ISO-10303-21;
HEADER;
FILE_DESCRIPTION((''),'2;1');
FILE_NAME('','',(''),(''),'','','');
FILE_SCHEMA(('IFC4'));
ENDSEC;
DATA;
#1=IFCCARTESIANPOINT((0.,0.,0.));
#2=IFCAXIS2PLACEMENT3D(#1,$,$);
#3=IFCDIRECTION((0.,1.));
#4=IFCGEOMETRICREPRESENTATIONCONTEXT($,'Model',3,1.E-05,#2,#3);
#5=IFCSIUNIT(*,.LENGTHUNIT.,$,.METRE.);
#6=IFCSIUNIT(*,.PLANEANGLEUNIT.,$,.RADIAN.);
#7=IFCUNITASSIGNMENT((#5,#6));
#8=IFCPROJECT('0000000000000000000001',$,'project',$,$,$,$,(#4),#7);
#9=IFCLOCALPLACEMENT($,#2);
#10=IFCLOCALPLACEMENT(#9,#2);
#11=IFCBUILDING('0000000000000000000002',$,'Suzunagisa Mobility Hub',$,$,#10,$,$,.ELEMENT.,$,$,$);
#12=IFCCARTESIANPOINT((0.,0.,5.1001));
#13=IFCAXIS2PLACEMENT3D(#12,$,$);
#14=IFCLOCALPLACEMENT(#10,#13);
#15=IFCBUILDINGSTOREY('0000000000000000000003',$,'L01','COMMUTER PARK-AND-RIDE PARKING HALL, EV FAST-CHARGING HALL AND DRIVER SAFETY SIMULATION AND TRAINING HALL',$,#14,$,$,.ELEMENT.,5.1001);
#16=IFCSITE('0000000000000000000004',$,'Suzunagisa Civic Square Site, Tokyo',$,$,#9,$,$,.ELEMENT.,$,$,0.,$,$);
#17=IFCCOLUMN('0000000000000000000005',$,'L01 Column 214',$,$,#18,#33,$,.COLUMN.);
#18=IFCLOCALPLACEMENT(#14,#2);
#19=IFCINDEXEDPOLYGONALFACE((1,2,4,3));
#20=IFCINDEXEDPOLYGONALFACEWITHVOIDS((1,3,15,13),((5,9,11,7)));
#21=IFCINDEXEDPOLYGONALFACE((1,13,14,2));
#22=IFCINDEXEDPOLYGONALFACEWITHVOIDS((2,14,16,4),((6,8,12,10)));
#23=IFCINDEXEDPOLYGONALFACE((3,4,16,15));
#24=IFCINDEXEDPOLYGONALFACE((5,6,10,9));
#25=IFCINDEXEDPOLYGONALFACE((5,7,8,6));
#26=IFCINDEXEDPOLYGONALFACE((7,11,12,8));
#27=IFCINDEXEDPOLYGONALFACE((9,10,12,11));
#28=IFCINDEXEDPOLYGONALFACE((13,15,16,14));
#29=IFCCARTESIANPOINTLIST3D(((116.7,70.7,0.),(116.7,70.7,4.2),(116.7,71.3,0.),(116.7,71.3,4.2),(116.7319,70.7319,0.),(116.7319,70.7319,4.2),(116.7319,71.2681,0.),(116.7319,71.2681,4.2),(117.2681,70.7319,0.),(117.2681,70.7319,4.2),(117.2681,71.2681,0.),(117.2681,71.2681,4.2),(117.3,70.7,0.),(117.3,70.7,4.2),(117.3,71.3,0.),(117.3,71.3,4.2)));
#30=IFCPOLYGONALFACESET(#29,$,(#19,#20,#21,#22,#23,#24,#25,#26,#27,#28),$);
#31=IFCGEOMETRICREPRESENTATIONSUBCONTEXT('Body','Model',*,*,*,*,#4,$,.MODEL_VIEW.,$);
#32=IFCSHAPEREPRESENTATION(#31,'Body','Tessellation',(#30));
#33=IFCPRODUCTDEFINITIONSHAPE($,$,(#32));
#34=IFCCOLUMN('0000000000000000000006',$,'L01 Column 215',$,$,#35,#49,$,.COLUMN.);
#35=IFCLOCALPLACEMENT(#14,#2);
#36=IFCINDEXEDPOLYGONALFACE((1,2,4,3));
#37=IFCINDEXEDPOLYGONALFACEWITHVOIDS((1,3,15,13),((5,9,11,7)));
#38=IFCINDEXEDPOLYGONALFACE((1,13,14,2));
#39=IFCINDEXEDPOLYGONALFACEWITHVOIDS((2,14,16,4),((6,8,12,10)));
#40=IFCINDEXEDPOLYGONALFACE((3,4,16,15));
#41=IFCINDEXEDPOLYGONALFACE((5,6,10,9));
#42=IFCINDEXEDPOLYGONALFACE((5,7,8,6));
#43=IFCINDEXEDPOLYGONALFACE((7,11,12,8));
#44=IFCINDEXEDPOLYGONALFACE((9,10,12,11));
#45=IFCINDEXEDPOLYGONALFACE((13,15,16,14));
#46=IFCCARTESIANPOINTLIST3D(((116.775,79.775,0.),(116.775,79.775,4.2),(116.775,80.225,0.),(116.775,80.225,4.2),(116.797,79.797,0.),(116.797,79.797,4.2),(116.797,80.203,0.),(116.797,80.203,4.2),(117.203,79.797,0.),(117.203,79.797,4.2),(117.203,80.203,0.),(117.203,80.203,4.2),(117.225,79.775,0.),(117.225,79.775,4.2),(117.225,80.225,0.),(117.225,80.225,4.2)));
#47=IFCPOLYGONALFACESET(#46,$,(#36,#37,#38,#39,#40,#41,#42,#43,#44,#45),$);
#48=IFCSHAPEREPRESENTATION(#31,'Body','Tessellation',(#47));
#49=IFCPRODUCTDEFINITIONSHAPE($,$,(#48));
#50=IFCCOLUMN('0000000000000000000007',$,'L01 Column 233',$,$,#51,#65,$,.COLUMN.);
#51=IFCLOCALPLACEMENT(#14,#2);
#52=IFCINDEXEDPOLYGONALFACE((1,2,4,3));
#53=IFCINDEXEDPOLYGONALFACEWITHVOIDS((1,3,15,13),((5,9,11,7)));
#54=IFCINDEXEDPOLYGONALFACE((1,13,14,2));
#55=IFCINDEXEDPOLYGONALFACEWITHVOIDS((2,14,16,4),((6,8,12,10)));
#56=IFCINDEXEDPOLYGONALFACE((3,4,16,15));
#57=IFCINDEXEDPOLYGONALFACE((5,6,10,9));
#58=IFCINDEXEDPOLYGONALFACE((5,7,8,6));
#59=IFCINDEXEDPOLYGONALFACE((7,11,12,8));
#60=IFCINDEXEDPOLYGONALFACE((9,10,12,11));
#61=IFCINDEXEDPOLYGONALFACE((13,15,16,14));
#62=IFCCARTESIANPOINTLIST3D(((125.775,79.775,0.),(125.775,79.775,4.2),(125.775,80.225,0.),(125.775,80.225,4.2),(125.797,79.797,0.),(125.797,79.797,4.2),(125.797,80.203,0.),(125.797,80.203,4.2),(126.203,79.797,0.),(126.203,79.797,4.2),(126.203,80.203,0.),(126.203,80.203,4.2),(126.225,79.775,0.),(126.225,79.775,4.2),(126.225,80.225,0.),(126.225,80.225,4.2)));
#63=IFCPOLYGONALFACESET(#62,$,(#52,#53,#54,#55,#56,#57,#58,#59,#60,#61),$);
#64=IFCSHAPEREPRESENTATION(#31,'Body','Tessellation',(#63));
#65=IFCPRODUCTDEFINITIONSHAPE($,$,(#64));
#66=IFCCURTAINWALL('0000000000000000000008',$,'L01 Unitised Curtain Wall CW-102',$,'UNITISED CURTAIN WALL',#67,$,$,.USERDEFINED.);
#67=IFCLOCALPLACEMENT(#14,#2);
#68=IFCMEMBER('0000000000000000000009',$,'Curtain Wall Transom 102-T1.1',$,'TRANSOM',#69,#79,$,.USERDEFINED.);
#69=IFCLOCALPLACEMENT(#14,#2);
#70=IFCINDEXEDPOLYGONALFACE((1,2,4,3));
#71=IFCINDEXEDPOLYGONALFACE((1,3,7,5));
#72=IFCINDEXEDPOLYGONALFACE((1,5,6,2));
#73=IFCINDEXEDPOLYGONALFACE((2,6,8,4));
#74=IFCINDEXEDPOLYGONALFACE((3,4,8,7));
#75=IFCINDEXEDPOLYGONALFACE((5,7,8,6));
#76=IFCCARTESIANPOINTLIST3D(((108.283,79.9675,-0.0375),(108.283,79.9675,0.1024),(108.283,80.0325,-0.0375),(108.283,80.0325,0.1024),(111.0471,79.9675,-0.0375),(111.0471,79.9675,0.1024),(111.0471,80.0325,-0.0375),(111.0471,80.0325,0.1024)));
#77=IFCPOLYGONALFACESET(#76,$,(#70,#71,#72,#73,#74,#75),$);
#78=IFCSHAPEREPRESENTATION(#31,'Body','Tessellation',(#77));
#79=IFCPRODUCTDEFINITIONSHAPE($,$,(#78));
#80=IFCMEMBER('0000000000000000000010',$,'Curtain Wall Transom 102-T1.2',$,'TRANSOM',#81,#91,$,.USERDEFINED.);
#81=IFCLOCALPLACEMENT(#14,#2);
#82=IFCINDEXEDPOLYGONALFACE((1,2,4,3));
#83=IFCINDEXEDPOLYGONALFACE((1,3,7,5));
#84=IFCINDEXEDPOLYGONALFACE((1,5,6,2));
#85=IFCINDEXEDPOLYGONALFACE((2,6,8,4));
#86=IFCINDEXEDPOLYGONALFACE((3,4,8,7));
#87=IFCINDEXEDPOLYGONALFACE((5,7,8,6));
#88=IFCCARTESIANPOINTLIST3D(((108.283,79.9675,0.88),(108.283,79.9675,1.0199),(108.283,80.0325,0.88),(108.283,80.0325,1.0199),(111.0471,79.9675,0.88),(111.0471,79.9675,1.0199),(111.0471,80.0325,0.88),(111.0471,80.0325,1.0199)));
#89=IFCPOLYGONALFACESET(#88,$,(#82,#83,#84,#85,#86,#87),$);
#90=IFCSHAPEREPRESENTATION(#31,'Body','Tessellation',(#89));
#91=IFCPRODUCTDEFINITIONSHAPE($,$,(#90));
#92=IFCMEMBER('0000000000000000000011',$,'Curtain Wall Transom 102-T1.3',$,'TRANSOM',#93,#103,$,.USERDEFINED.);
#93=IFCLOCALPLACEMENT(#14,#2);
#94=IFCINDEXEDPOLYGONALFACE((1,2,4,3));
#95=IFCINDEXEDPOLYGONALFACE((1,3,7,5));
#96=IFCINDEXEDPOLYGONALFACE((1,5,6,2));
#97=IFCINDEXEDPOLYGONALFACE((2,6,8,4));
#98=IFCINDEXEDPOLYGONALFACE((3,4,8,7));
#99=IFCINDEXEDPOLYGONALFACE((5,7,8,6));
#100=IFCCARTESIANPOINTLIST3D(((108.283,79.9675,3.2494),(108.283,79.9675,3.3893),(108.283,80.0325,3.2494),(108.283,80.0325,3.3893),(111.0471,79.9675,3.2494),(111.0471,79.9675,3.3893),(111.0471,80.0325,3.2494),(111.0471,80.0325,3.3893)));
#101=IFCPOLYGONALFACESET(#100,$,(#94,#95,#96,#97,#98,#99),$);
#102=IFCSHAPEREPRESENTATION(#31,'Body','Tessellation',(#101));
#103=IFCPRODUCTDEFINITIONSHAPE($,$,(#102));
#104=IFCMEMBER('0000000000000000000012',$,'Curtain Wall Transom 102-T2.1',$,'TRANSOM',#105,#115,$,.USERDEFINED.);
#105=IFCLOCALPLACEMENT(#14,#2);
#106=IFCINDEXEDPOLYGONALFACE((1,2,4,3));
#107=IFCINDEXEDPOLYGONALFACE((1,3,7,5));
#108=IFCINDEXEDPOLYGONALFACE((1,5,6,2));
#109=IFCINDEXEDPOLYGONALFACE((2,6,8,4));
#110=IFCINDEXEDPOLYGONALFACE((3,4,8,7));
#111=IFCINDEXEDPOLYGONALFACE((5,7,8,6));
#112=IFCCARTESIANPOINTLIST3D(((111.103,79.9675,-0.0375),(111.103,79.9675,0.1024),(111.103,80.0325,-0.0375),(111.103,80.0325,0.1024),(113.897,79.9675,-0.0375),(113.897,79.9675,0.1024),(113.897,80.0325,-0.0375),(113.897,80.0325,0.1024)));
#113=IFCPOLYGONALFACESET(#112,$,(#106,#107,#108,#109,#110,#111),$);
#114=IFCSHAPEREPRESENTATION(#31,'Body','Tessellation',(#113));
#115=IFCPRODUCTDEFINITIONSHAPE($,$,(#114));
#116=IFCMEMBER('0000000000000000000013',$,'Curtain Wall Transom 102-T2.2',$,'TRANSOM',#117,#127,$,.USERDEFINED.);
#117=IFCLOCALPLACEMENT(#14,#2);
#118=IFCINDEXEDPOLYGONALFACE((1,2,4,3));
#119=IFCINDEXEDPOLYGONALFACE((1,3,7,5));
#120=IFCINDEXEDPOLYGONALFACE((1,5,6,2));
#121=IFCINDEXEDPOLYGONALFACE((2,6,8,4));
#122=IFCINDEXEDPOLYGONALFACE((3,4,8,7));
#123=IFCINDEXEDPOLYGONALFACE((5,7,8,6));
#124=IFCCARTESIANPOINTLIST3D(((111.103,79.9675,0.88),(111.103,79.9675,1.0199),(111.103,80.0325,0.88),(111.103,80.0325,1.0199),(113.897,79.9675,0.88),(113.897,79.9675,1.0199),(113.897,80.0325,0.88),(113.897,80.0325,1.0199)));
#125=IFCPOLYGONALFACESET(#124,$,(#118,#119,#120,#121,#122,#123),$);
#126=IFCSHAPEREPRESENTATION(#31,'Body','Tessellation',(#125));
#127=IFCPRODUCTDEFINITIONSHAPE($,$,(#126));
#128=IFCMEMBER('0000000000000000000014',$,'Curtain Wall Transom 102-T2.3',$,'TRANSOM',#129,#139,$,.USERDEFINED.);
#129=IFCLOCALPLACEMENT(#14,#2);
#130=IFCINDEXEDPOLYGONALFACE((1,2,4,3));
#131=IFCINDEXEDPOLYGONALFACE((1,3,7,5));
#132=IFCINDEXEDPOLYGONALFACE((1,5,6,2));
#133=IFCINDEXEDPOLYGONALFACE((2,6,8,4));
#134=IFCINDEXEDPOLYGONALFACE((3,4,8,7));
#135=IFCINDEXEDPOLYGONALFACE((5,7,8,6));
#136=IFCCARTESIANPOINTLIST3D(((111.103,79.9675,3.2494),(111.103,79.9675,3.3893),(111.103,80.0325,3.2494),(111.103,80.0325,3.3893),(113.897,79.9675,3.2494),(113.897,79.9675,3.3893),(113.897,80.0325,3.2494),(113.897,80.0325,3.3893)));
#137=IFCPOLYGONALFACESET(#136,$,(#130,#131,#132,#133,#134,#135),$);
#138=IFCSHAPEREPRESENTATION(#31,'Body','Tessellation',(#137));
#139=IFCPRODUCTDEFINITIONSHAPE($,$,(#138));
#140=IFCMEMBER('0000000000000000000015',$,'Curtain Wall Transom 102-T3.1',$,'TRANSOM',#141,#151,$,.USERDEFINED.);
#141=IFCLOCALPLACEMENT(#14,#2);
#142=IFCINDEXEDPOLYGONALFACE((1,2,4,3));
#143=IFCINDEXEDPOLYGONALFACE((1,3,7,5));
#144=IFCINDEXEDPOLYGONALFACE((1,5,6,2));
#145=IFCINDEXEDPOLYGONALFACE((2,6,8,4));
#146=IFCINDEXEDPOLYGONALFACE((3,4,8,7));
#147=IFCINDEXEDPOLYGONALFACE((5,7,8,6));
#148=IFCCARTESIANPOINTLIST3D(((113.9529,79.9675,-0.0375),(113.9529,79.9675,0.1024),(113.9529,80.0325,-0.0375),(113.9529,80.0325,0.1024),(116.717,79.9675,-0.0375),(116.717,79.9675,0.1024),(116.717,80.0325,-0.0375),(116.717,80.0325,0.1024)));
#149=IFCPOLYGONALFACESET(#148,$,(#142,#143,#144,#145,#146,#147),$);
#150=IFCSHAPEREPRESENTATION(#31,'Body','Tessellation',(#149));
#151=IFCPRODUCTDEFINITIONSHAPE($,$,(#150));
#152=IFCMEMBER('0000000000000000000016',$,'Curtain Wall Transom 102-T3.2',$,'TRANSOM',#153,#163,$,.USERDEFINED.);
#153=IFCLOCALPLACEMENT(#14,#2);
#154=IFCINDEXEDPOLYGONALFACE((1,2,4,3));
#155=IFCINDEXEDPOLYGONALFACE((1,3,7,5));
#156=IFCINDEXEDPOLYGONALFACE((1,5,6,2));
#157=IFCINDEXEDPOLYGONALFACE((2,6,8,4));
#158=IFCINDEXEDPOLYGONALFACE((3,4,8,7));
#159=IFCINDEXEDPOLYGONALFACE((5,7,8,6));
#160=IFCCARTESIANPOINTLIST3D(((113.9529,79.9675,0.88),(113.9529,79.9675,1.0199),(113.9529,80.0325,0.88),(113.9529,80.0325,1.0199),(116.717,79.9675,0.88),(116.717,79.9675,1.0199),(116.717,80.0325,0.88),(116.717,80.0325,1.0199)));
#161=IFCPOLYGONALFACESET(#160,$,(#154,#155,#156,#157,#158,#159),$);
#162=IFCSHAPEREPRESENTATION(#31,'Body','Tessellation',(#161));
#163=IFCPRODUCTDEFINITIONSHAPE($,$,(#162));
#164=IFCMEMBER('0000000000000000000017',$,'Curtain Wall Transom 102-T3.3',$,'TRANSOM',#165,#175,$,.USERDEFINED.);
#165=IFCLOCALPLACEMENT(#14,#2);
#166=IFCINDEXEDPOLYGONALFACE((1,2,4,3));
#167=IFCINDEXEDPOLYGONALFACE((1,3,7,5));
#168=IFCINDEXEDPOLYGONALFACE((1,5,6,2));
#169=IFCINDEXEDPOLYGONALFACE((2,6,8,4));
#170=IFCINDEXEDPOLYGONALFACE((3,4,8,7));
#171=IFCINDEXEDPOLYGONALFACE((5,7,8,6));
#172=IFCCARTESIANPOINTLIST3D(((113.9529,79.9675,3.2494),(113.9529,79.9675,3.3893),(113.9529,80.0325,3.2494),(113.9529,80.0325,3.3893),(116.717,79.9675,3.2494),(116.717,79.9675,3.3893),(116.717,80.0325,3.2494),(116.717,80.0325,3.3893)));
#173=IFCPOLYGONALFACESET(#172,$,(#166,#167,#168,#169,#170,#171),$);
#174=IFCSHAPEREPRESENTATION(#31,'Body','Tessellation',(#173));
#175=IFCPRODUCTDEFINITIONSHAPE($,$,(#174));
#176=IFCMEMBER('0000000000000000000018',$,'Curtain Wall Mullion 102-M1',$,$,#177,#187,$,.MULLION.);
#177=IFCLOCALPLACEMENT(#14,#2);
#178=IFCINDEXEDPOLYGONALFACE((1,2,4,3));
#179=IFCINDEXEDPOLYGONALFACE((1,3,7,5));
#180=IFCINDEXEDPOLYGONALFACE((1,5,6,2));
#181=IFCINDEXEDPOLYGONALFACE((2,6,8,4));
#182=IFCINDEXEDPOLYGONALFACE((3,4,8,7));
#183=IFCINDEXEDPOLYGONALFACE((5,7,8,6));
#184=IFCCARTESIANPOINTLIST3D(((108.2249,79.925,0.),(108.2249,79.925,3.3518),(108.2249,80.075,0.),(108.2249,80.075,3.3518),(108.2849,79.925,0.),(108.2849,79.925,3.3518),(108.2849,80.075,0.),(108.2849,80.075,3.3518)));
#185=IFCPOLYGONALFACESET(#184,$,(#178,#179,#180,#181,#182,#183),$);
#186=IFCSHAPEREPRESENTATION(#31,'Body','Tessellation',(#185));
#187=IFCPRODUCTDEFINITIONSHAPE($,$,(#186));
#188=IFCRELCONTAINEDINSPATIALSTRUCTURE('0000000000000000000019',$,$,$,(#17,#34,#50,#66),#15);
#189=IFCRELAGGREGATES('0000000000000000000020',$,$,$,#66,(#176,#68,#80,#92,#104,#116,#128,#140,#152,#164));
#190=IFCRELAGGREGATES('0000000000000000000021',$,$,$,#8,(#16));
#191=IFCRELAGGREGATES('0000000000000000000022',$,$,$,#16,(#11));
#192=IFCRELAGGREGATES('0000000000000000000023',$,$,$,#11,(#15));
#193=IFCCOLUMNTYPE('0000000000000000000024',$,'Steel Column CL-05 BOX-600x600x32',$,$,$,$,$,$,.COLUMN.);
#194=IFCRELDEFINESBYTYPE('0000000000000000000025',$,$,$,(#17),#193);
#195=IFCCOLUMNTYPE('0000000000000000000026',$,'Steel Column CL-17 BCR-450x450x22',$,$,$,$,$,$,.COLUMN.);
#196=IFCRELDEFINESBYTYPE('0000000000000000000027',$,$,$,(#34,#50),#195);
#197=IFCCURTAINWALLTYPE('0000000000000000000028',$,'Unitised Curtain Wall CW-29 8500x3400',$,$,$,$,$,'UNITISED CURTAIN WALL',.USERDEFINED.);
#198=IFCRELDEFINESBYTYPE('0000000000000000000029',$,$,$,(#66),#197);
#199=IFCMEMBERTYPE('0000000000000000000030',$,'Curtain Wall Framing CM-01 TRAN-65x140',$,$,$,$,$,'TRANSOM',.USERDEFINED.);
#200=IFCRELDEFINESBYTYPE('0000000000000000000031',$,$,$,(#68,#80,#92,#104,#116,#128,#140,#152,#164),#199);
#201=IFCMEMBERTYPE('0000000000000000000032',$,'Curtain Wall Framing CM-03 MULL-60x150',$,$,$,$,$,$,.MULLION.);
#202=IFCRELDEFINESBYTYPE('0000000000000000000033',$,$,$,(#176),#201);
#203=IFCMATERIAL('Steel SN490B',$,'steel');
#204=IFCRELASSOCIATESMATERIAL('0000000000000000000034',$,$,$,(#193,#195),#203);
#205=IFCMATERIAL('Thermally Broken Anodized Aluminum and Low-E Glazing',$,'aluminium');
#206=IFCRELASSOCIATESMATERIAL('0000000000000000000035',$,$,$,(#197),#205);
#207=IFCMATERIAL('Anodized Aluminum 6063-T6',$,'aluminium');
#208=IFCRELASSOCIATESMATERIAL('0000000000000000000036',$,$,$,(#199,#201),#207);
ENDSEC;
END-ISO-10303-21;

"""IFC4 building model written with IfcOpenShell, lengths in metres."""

from ifc_helpers import new_model, si_unit, direction, frame, origin, origin_2d, place, context, subcontext, project, spatial, rectangle, hollow_rectangle, extrude, material, material_profile, profile_set, type_object, element, aggregate, save


model = new_model("IFC4")

# Units and contexts
model_context = context("Model", 3, precision=1e-05, world=origin(), true_north=direction((0.0, 1.0)))
body_context = subcontext(model_context, "Body", "Model", "MODEL_VIEW")
ifc_project = project(units=[si_unit("LENGTHUNIT", "METRE"), si_unit("PLANEANGLEUNIT", "RADIAN")], contexts=[model_context])

# Site, building, storey
site_placement = place(None, origin())
site = spatial("IfcSite", under=ifc_project, at=site_placement, Name="Suzunagisa Civic Square Site, Tokyo", CompositionType="ELEMENT", RefElevation=0.0)
building_placement = place(site_placement, origin())
building = spatial("IfcBuilding", under=site, at=building_placement, Name="Suzunagisa Mobility Hub", CompositionType="ELEMENT")
storey_placement = place(building_placement, frame((0.0, 0.0, 5.1001)))
storey = spatial("IfcBuildingStorey", under=building, at=storey_placement, Name="L01", Description="COMMUTER PARK-AND-RIDE PARKING HALL, EV FAST-CHARGING HALL AND DRIVER SAFETY SIMULATION AND TRAINING HALL", CompositionType="ELEMENT", Elevation=5.1001)

# Columns
ifc_material_1 = material(Name="Steel SN490B", Category="steel")
ifc_material_profile_1 = material_profile(ifc_material_1, hollow_rectangle(XDim=0.6001, YDim=0.6001, WallThickness=0.032, at=origin_2d()), Name="BOX-600x600x32")
ifc_profile_set_1 = profile_set([ifc_material_profile_1], Name="Steel SN490B")
column_type_1 = type_object("IfcColumnType", Name="Steel Column CL-05 BOX-600x600x32", PredefinedType="COLUMN", material=ifc_profile_set_1)
column_placement = place(storey_placement, frame((117.0, 71.0, 0.0), z_axis=(0.0, 0.0, 1.0), x_axis=(1.0, 0.0, 0.0)))
element("IfcColumn", 1, at=column_placement, inside=storey, type_object=column_type_1, Name="L01 Column 214", PredefinedType="COLUMN", context=body_context, shape_type="SweptSolid", body=[
    extrude(hollow_rectangle(XDim=0.6001, YDim=0.6001, WallThickness=0.032, at=origin_2d()), origin(), (0.0, 0.0, 1.0), 4.2),
])
ifc_material_profile_2 = material_profile(ifc_material_1, hollow_rectangle(XDim=0.45, YDim=0.45, WallThickness=0.022, at=origin_2d()), Name="BCR-450x450x22")
ifc_profile_set_2 = profile_set([ifc_material_profile_2], Name="Steel SN490B")
column_type_2 = type_object("IfcColumnType", Name="Steel Column CL-17 BCR-450x450x22", PredefinedType="COLUMN", material=ifc_profile_set_2)
for number, where, z_axis, x_axis, name in (
    (2, (117.0, 80.0, 0.0), (0.0, 0.0, 1.0), (1.0, 0.0, 0.0), "L01 Column 215"),
    (3, (126.0, 80.0, 0.0), (0.0, 0.0, 1.0), (1.0, 0.0, 0.0), "L01 Column 233"),
):
    element("IfcColumn", number, at=place(storey_placement, frame(where, z_axis=z_axis, x_axis=x_axis)), inside=storey, type_object=column_type_2, Name=name, PredefinedType="COLUMN", context=body_context, shape_type="SweptSolid", body=[
        extrude(hollow_rectangle(XDim=0.45, YDim=0.45, WallThickness=0.022, at=origin_2d()), origin(), (0.0, 0.0, 1.0), 4.2),
    ])

# Curtain wall, members
ifc_material_2 = material(Name="Thermally Broken Anodized Aluminum and Low-E Glazing", Category="aluminium")
curtain_wall_type_1 = type_object("IfcCurtainWallType", Name="Unitised Curtain Wall CW-29 8500x3400", ElementType="UNITISED CURTAIN WALL", PredefinedType="USERDEFINED", material=ifc_material_2)
curtain_wall_1_placement = place(storey_placement, origin())
curtain_wall_1 = element("IfcCurtainWall", 4, at=curtain_wall_1_placement, inside=storey, type_object=curtain_wall_type_1, Name="L01 Unitised Curtain Wall CW-102", ObjectType="UNITISED CURTAIN WALL", PredefinedType="USERDEFINED")
ifc_material_3 = material(Name="Anodized Aluminum 6063-T6", Category="aluminium")
ifc_material_profile_3 = material_profile(ifc_material_3, rectangle(XDim=0.0649, YDim=0.1399, at=origin_2d()), Name="TRAN-65x140")
ifc_profile_set_3 = profile_set([ifc_material_profile_3], Name="Anodized Aluminum 6063-T6")
member_type_1 = type_object("IfcMemberType", Name="Curtain Wall Framing CM-01 TRAN-65x140", ElementType="TRANSOM", PredefinedType="USERDEFINED", material=ifc_profile_set_3)
member_1_placement = place(storey_placement, frame((108.283, 80.0, 0.0325), z_axis=(1.0, 0.0, 0.0), x_axis=(0.0, 1.0, 0.0)))
member_1 = element("IfcMember", 5, at=member_1_placement, type_object=member_type_1, Name="Curtain Wall Transom 102-T1.1", ObjectType="TRANSOM", PredefinedType="USERDEFINED", context=body_context, shape_type="SweptSolid", body=[
    extrude(rectangle(XDim=0.0649, YDim=0.1399, at=origin_2d()), origin(), (0.0, 0.0, 1.0), 2.7642),
])
member_2_placement = place(storey_placement, frame((108.283, 80.0, 0.95), z_axis=(1.0, 0.0, 0.0), x_axis=(0.0, 1.0, 0.0)))
member_2 = element("IfcMember", 6, at=member_2_placement, type_object=member_type_1, Name="Curtain Wall Transom 102-T1.2", ObjectType="TRANSOM", PredefinedType="USERDEFINED", context=body_context, shape_type="SweptSolid", body=[
    extrude(rectangle(XDim=0.0649, YDim=0.1399, at=origin_2d()), origin(), (0.0, 0.0, 1.0), 2.7642),
])
member_3_placement = place(storey_placement, frame((108.283, 80.0, 3.3193), z_axis=(1.0, 0.0, 0.0), x_axis=(0.0, 1.0, 0.0)))
member_3 = element("IfcMember", 7, at=member_3_placement, type_object=member_type_1, Name="Curtain Wall Transom 102-T1.3", ObjectType="TRANSOM", PredefinedType="USERDEFINED", context=body_context, shape_type="SweptSolid", body=[
    extrude(rectangle(XDim=0.0649, YDim=0.1399, at=origin_2d()), origin(), (0.0, 0.0, 1.0), 2.7642),
])
member_4_placement = place(storey_placement, frame((111.103, 80.0, 0.0325), z_axis=(1.0, 0.0, 0.0), x_axis=(0.0, 1.0, 0.0)))
member_4 = element("IfcMember", 8, at=member_4_placement, type_object=member_type_1, Name="Curtain Wall Transom 102-T2.1", ObjectType="TRANSOM", PredefinedType="USERDEFINED", context=body_context, shape_type="SweptSolid", body=[
    extrude(rectangle(XDim=0.0649, YDim=0.1399, at=origin_2d()), origin(), (0.0, 0.0, 1.0), 2.7939),
])
member_5_placement = place(storey_placement, frame((111.103, 80.0, 0.95), z_axis=(1.0, 0.0, 0.0), x_axis=(0.0, 1.0, 0.0)))
member_5 = element("IfcMember", 9, at=member_5_placement, type_object=member_type_1, Name="Curtain Wall Transom 102-T2.2", ObjectType="TRANSOM", PredefinedType="USERDEFINED", context=body_context, shape_type="SweptSolid", body=[
    extrude(rectangle(XDim=0.0649, YDim=0.1399, at=origin_2d()), origin(), (0.0, 0.0, 1.0), 2.7939),
])
member_6_placement = place(storey_placement, frame((111.103, 80.0, 3.3193), z_axis=(1.0, 0.0, 0.0), x_axis=(0.0, 1.0, 0.0)))
member_6 = element("IfcMember", 10, at=member_6_placement, type_object=member_type_1, Name="Curtain Wall Transom 102-T2.3", ObjectType="TRANSOM", PredefinedType="USERDEFINED", context=body_context, shape_type="SweptSolid", body=[
    extrude(rectangle(XDim=0.0649, YDim=0.1399, at=origin_2d()), origin(), (0.0, 0.0, 1.0), 2.7939),
])
member_7_placement = place(storey_placement, frame((113.9529, 80.0, 0.0325), z_axis=(1.0, 0.0, 0.0), x_axis=(0.0, 1.0, 0.0)))
member_7 = element("IfcMember", 11, at=member_7_placement, type_object=member_type_1, Name="Curtain Wall Transom 102-T3.1", ObjectType="TRANSOM", PredefinedType="USERDEFINED", context=body_context, shape_type="SweptSolid", body=[
    extrude(rectangle(XDim=0.0649, YDim=0.1399, at=origin_2d()), origin(), (0.0, 0.0, 1.0), 2.7642),
])
member_8_placement = place(storey_placement, frame((113.9529, 80.0, 0.95), z_axis=(1.0, 0.0, 0.0), x_axis=(0.0, 1.0, 0.0)))
member_8 = element("IfcMember", 12, at=member_8_placement, type_object=member_type_1, Name="Curtain Wall Transom 102-T3.2", ObjectType="TRANSOM", PredefinedType="USERDEFINED", context=body_context, shape_type="SweptSolid", body=[
    extrude(rectangle(XDim=0.0649, YDim=0.1399, at=origin_2d()), origin(), (0.0, 0.0, 1.0), 2.7642),
])
member_9_placement = place(storey_placement, frame((113.9529, 80.0, 3.3193), z_axis=(1.0, 0.0, 0.0), x_axis=(0.0, 1.0, 0.0)))
member_9 = element("IfcMember", 13, at=member_9_placement, type_object=member_type_1, Name="Curtain Wall Transom 102-T3.3", ObjectType="TRANSOM", PredefinedType="USERDEFINED", context=body_context, shape_type="SweptSolid", body=[
    extrude(rectangle(XDim=0.0649, YDim=0.1399, at=origin_2d()), origin(), (0.0, 0.0, 1.0), 2.7642),
])
ifc_material_profile_4 = material_profile(ifc_material_3, rectangle(XDim=0.0601, YDim=0.1499, at=origin_2d()), Name="MULL-60x150")
ifc_profile_set_4 = profile_set([ifc_material_profile_4], Name="Anodized Aluminum 6063-T6")
member_type_2 = type_object("IfcMemberType", Name="Curtain Wall Framing CM-03 MULL-60x150", PredefinedType="MULLION", material=ifc_profile_set_4)
member_10_placement = place(storey_placement, frame((108.2549, 80.0, 0.0), z_axis=(0.0, 0.0, 1.0), x_axis=(1.0, 0.0, 0.0)))
member_10 = element("IfcMember", 14, at=member_10_placement, type_object=member_type_2, Name="Curtain Wall Mullion 102-M1", PredefinedType="MULLION", context=body_context, shape_type="SweptSolid", body=[
    extrude(rectangle(XDim=0.0601, YDim=0.1499, at=origin_2d()), origin(), (0.0, 0.0, 1.0), 3.3518),
])

aggregate(curtain_wall_1, [member_10, member_1, member_2, member_3, member_4, member_5, member_6, member_7, member_8, member_9])

save(model, "model.ifc")
